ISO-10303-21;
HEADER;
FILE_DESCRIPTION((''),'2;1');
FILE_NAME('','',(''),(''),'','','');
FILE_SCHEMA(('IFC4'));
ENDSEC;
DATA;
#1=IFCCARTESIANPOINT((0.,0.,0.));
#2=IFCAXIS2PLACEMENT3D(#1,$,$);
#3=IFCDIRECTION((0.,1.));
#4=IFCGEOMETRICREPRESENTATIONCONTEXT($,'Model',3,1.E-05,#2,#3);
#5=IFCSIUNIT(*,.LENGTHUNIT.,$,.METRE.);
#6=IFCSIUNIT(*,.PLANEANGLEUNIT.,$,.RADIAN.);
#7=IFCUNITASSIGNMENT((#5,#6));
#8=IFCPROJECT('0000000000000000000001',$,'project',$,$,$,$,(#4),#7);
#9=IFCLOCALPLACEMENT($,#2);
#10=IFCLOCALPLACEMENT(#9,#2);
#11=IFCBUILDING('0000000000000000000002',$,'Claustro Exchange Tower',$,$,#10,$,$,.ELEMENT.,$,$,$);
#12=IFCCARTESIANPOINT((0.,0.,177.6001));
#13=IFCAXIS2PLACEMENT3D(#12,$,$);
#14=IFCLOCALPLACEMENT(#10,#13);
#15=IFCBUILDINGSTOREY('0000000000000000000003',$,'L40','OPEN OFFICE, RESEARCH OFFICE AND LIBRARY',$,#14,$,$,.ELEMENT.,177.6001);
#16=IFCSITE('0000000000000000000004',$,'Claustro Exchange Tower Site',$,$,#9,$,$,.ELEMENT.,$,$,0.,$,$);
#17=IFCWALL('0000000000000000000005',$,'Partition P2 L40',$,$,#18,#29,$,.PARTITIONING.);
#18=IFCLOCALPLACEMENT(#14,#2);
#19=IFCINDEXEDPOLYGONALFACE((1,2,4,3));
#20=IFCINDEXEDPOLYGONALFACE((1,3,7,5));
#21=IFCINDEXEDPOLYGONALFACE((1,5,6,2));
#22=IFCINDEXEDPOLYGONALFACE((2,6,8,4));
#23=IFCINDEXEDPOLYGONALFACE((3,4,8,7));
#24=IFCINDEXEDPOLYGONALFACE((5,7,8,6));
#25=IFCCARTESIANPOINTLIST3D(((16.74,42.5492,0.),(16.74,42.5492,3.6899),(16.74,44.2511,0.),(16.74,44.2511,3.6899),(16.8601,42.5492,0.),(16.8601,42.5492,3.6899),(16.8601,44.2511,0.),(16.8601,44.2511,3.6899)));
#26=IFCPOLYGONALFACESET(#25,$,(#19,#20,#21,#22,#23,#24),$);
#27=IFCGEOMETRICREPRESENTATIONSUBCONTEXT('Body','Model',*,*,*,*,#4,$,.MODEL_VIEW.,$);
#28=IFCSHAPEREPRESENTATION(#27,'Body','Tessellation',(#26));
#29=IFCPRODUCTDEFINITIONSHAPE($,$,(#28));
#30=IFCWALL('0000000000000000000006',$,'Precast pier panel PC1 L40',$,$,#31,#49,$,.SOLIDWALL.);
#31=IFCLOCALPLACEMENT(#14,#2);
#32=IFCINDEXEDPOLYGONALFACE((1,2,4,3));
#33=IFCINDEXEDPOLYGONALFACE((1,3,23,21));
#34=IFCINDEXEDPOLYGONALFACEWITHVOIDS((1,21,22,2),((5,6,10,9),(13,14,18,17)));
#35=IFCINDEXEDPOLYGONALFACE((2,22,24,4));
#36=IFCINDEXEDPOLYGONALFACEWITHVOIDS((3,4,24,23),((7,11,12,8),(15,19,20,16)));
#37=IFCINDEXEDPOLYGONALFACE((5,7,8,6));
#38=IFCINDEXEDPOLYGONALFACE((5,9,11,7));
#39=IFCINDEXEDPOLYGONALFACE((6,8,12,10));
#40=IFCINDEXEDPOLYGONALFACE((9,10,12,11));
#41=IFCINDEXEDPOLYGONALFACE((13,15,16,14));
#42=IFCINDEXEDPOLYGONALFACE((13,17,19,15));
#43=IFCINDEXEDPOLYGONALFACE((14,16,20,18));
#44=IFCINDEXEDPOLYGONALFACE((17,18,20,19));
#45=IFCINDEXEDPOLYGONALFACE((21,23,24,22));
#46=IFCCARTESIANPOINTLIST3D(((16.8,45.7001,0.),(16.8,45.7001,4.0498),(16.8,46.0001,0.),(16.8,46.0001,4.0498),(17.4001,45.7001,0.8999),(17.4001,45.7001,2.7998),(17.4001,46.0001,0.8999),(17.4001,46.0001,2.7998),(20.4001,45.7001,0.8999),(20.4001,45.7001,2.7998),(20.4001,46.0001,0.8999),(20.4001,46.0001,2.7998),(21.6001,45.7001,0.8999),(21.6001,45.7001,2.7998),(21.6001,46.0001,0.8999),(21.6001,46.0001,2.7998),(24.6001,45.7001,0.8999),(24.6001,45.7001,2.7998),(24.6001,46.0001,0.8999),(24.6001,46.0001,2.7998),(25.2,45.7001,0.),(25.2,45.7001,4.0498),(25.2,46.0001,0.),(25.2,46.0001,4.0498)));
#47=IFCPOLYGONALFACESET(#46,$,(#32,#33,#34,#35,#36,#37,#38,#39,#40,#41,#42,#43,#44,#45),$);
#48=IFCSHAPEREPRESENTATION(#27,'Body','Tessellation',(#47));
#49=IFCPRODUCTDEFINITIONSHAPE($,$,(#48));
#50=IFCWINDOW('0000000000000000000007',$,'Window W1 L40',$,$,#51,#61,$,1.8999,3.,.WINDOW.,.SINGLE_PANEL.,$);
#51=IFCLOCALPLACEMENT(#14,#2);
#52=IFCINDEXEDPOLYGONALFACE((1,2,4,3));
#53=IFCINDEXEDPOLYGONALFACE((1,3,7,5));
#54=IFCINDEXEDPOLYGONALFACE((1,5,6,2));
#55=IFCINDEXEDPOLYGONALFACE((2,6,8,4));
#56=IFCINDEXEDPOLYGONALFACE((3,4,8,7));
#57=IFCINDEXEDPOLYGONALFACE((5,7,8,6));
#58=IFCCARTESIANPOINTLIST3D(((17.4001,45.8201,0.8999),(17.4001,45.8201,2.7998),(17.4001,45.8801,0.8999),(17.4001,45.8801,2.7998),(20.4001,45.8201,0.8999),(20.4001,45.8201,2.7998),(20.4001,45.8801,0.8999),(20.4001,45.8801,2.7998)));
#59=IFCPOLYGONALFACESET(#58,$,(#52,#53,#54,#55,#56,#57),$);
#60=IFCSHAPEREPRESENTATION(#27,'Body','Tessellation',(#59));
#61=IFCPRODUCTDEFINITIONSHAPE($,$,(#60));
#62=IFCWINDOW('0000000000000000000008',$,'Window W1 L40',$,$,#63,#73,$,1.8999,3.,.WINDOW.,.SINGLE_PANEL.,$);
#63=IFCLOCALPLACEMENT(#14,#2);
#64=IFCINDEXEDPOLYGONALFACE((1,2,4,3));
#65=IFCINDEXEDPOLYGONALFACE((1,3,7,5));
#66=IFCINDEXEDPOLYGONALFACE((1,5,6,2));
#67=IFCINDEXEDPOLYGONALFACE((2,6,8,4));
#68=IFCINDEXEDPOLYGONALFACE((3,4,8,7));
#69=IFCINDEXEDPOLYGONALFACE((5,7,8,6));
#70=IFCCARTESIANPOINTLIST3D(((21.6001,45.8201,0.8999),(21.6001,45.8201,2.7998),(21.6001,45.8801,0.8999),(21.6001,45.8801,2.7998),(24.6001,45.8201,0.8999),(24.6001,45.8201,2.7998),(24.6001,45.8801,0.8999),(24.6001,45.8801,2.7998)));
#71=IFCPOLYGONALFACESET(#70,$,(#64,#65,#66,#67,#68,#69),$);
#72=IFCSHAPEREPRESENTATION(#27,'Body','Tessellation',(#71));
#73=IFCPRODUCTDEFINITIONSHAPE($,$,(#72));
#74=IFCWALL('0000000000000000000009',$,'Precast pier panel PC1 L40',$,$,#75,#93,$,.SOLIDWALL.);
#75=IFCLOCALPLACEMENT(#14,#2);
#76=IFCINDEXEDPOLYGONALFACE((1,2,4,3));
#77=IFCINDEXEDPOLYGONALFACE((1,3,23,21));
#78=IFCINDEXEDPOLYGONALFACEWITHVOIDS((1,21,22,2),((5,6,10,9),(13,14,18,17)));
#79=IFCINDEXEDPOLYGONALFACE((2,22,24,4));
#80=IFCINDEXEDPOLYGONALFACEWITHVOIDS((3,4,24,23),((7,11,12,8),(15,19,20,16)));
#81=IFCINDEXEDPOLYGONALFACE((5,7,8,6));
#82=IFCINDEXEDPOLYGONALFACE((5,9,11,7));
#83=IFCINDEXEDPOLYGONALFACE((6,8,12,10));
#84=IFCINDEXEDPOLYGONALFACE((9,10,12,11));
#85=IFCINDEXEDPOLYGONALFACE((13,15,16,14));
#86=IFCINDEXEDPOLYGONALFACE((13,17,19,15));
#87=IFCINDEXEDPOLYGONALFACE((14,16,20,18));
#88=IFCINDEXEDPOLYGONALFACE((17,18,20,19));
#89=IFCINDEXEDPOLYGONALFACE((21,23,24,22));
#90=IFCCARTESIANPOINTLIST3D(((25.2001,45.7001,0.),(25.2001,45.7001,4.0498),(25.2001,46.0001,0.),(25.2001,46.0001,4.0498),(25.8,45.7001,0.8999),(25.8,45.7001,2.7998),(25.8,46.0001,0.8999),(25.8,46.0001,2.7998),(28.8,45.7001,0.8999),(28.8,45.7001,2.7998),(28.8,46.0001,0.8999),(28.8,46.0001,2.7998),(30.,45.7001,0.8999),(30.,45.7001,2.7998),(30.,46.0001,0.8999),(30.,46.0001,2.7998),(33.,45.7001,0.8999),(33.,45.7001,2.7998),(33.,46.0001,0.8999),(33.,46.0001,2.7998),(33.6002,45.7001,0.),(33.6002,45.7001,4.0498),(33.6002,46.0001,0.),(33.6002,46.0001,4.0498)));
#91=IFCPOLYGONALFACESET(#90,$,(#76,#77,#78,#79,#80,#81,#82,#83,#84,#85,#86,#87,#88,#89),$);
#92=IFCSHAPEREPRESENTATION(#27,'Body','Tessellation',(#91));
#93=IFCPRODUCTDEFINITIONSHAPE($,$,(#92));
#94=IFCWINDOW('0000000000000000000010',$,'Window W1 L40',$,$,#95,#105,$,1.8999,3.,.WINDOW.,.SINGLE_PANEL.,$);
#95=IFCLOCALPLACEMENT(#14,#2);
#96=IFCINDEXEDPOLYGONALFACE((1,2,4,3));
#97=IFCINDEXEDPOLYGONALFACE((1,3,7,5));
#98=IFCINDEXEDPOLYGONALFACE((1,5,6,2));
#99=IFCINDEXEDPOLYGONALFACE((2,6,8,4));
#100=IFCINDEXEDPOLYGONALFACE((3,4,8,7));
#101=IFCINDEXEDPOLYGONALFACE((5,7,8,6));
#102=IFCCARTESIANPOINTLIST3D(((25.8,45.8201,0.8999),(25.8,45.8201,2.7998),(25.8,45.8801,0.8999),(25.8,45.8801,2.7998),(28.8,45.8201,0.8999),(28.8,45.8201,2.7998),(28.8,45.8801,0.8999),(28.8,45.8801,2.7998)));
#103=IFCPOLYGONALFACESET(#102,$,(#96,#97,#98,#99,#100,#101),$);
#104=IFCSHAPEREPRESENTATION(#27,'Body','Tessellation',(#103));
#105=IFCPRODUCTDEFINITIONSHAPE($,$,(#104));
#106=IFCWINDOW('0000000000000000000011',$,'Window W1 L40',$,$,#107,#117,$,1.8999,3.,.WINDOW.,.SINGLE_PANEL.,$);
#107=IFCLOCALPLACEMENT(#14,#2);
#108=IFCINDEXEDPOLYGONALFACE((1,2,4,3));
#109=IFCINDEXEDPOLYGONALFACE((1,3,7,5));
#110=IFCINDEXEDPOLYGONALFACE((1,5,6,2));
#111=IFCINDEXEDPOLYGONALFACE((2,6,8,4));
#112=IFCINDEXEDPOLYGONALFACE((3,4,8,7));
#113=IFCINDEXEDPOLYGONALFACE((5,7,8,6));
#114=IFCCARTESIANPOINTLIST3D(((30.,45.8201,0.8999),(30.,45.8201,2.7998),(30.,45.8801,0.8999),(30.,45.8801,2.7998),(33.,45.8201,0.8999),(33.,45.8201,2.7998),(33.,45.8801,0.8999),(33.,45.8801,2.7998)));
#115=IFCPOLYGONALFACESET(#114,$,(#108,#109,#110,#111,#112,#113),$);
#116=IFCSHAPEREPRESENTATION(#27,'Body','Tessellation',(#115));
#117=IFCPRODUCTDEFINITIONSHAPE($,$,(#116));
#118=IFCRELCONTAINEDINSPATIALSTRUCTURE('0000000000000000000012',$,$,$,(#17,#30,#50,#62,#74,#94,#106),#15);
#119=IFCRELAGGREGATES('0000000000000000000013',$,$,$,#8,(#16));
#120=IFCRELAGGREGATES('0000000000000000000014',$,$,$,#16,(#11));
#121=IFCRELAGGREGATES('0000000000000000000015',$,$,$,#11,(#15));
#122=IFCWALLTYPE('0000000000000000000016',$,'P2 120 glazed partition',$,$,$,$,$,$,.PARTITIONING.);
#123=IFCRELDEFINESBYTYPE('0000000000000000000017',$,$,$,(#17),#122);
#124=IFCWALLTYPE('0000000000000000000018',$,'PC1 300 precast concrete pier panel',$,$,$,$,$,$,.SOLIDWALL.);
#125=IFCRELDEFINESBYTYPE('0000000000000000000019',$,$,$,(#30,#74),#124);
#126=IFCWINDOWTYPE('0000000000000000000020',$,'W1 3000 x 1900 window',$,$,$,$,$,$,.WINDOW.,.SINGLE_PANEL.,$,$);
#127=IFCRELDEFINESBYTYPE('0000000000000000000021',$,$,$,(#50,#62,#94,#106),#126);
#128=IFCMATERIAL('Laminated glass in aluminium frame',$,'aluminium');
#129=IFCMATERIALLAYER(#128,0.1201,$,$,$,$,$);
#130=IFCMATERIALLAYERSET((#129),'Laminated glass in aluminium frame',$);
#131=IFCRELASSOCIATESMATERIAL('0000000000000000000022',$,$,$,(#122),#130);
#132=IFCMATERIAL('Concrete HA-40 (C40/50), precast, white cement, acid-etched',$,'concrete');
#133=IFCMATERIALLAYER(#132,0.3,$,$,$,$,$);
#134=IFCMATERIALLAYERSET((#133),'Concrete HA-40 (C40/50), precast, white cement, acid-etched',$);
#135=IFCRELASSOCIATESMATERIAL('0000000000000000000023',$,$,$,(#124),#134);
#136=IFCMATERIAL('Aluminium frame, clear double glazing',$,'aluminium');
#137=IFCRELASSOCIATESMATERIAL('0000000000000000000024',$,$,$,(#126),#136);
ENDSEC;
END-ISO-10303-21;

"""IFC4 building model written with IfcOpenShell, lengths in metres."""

from ifc_helpers import new_model, si_unit, direction, frame, frame_2d, origin, place, context, subcontext, project, spatial, rectangle, extrude, material, layer, layer_set, type_object, element, fill, save


model = new_model("IFC4")

# Units and contexts
model_context = context("Model", 3, precision=1e-05, world=origin(), true_north=direction((0.0, 1.0)))
body_context = subcontext(model_context, "Body", "Model", "MODEL_VIEW")
ifc_project = project(units=[si_unit("LENGTHUNIT", "METRE"), si_unit("PLANEANGLEUNIT", "RADIAN")], contexts=[model_context])

# Site, building, storey
site_placement = place(None, origin())
site = spatial("IfcSite", under=ifc_project, at=site_placement, Name="Claustro Exchange Tower Site", CompositionType="ELEMENT", RefElevation=0.0)
building_placement = place(site_placement, origin())
building = spatial("IfcBuilding", under=site, at=building_placement, Name="Claustro Exchange Tower", CompositionType="ELEMENT")
storey_placement = place(building_placement, frame((0.0, 0.0, 177.6001)))
storey = spatial("IfcBuildingStorey", under=building, at=storey_placement, Name="L40", Description="OPEN OFFICE, RESEARCH OFFICE AND LIBRARY", CompositionType="ELEMENT", Elevation=177.6001)

# Wall
ifc_material_1 = material(Name="Laminated glass in aluminium frame", Category="aluminium")
ifc_layer_1 = layer(ifc_material_1, 0.1201)
ifc_layer_set_1 = layer_set([ifc_layer_1], Name="Laminated glass in aluminium frame")
wall_type_1 = type_object("IfcWallType", Name="P2 120 glazed partition", PredefinedType="PARTITIONING", material=ifc_layer_set_1)
wall_1_placement = place(storey_placement, frame((16.8, 42.5491, 0.0), z_axis=(0.0, 0.0, 1.0), x_axis=(0.0, 1.0, 0.0)))
element("IfcWall", 1, at=wall_1_placement, inside=storey, type_object=wall_type_1, Name="Partition P2 L40", PredefinedType="PARTITIONING", context=body_context, shape_type="SweptSolid", body=[
    extrude(rectangle(XDim=1.7019, YDim=0.1201, at=frame_2d((0.8511, 0.0))), origin(), (0.0, 0.0, 1.0), 3.6899),
])

# Walls, openings, windows
ifc_material_2 = material(Name="Concrete HA-40 (C40/50), precast, white cement, acid-etched", Category="concrete")
ifc_layer_2 = layer(ifc_material_2, 0.3)
ifc_layer_set_2 = layer_set([ifc_layer_2], Name="Concrete HA-40 (C40/50), precast, white cement, acid-etched")
wall_type_2 = type_object("IfcWallType", Name="PC1 300 precast concrete pier panel", PredefinedType="SOLIDWALL", material=ifc_layer_set_2)
wall_2_placement = place(storey_placement, frame((16.8, 45.8501, 0.0), z_axis=(0.0, 0.0, 1.0), x_axis=(1.0, 0.0, 0.0)))
wall_2 = element("IfcWall", 2, at=wall_2_placement, inside=storey, type_object=wall_type_2, Name="Precast pier panel PC1 L40", PredefinedType="SOLIDWALL", context=body_context, shape_type="SweptSolid", body=[
    extrude(rectangle(XDim=8.3999, YDim=0.3, at=frame_2d((4.2, 0.0))), origin(), (0.0, 0.0, 1.0), 4.0498),
])
opening_1_placement = place(wall_2_placement, frame((0.6001, 0.0, 0.8999)))
opening_1 = element("IfcOpeningElement", 3, at=opening_1_placement, cuts=wall_2, PredefinedType="OPENING", context=body_context, shape_type="SweptSolid", body=[
    extrude(rectangle(XDim=3.0, YDim=1.8999, at=frame_2d((1.5, 0.95))), frame((0.0, 0.1599, 0.0), z_axis=(0.0, -1.0, 0.0), x_axis=(1.0, 0.0, 0.0)), (0.0, 0.0, 1.0), 0.3201),
])
opening_2_placement = place(wall_2_placement, frame((4.8, 0.0, 0.8999)))
opening_2 = element("IfcOpeningElement", 4, at=opening_2_placement, cuts=wall_2, PredefinedType="OPENING", context=body_context, shape_type="SweptSolid", body=[
    extrude(rectangle(XDim=3.0, YDim=1.8999, at=frame_2d((1.5, 0.95))), frame((0.0, 0.1599, 0.0), z_axis=(0.0, -1.0, 0.0), x_axis=(1.0, 0.0, 0.0)), (0.0, 0.0, 1.0), 0.3201),
])
ifc_material_3 = material(Name="Aluminium frame, clear double glazing", Category="aluminium")
window_type_1 = type_object("IfcWindowType", Name="W1 3000 x 1900 window", PartitioningType="SINGLE_PANEL", PredefinedType="WINDOW", material=ifc_material_3)
window_1_placement = place(opening_1_placement, origin())
window_1 = element("IfcWindow", 5, at=window_1_placement, inside=storey, type_object=window_type_1, Name="Window W1 L40", OverallHeight=1.8999, OverallWidth=3.0, PartitioningType="SINGLE_PANEL", PredefinedType="WINDOW", context=body_context, shape_type="SweptSolid", body=[
    extrude(rectangle(XDim=3.0, YDim=1.8999, at=frame_2d((1.5, 0.95))), frame((0.0, 0.03, 0.0), z_axis=(0.0, -1.0, 0.0), x_axis=(1.0, 0.0, 0.0)), (0.0, 0.0, 1.0), 0.0601),
])
fill(opening_1, window_1)
window_2_placement = place(opening_2_placement, origin())
window_2 = element("IfcWindow", 6, at=window_2_placement, inside=storey, type_object=window_type_1, Name="Window W1 L40", OverallHeight=1.8999, OverallWidth=3.0, PartitioningType="SINGLE_PANEL", PredefinedType="WINDOW", context=body_context, shape_type="SweptSolid", body=[
    extrude(rectangle(XDim=3.0, YDim=1.8999, at=frame_2d((1.5, 0.95))), frame((0.0, 0.03, 0.0), z_axis=(0.0, -1.0, 0.0), x_axis=(1.0, 0.0, 0.0)), (0.0, 0.0, 1.0), 0.0601),
])
fill(opening_2, window_2)
wall_3_placement = place(storey_placement, frame((25.2, 45.8501, 0.0), z_axis=(0.0, 0.0, 1.0), x_axis=(1.0, 0.0, 0.0)))
wall_3 = element("IfcWall", 7, at=wall_3_placement, inside=storey, type_object=wall_type_2, Name="Precast pier panel PC1 L40", PredefinedType="SOLIDWALL", context=body_context, shape_type="SweptSolid", body=[
    extrude(rectangle(XDim=8.4001, YDim=0.3, at=frame_2d((4.2002, 0.0))), origin(), (0.0, 0.0, 1.0), 4.0498),
])
opening_3_placement = place(wall_3_placement, frame((0.6001, 0.0, 0.8999)))
opening_3 = element("IfcOpeningElement", 8, at=opening_3_placement, cuts=wall_3, PredefinedType="OPENING", context=body_context, shape_type="SweptSolid", body=[
    extrude(rectangle(XDim=3.0, YDim=1.8999, at=frame_2d((1.5, 0.95))), frame((0.0, 0.1599, 0.0), z_axis=(0.0, -1.0, 0.0), x_axis=(1.0, 0.0, 0.0)), (0.0, 0.0, 1.0), 0.3201),
])
opening_4_placement = place(wall_3_placement, frame((4.8, 0.0, 0.8999)))
opening_4 = element("IfcOpeningElement", 9, at=opening_4_placement, cuts=wall_3, PredefinedType="OPENING", context=body_context, shape_type="SweptSolid", body=[
    extrude(rectangle(XDim=3.0, YDim=1.8999, at=frame_2d((1.5, 0.95))), frame((0.0, 0.1599, 0.0), z_axis=(0.0, -1.0, 0.0), x_axis=(1.0, 0.0, 0.0)), (0.0, 0.0, 1.0), 0.3201),
])
window_3_placement = place(opening_3_placement, origin())
window_3 = element("IfcWindow", 10, at=window_3_placement, inside=storey, type_object=window_type_1, Name="Window W1 L40", OverallHeight=1.8999, OverallWidth=3.0, PartitioningType="SINGLE_PANEL", PredefinedType="WINDOW", context=body_context, shape_type="SweptSolid", body=[
    extrude(rectangle(XDim=3.0, YDim=1.8999, at=frame_2d((1.5, 0.95))), frame((0.0, 0.03, 0.0), z_axis=(0.0, -1.0, 0.0), x_axis=(1.0, 0.0, 0.0)), (0.0, 0.0, 1.0), 0.0601),
])
fill(opening_3, window_3)
window_4_placement = place(opening_4_placement, origin())
window_4 = element("IfcWindow", 11, at=window_4_placement, inside=storey, type_object=window_type_1, Name="Window W1 L40", OverallHeight=1.8999, OverallWidth=3.0, PartitioningType="SINGLE_PANEL", PredefinedType="WINDOW", context=body_context, shape_type="SweptSolid", body=[
    extrude(rectangle(XDim=3.0, YDim=1.8999, at=frame_2d((1.5, 0.95))), frame((0.0, 0.03, 0.0), z_axis=(0.0, -1.0, 0.0), x_axis=(1.0, 0.0, 0.0)), (0.0, 0.0, 1.0), 0.0601),
])
fill(opening_4, window_4)

save(model, "model.ifc")
